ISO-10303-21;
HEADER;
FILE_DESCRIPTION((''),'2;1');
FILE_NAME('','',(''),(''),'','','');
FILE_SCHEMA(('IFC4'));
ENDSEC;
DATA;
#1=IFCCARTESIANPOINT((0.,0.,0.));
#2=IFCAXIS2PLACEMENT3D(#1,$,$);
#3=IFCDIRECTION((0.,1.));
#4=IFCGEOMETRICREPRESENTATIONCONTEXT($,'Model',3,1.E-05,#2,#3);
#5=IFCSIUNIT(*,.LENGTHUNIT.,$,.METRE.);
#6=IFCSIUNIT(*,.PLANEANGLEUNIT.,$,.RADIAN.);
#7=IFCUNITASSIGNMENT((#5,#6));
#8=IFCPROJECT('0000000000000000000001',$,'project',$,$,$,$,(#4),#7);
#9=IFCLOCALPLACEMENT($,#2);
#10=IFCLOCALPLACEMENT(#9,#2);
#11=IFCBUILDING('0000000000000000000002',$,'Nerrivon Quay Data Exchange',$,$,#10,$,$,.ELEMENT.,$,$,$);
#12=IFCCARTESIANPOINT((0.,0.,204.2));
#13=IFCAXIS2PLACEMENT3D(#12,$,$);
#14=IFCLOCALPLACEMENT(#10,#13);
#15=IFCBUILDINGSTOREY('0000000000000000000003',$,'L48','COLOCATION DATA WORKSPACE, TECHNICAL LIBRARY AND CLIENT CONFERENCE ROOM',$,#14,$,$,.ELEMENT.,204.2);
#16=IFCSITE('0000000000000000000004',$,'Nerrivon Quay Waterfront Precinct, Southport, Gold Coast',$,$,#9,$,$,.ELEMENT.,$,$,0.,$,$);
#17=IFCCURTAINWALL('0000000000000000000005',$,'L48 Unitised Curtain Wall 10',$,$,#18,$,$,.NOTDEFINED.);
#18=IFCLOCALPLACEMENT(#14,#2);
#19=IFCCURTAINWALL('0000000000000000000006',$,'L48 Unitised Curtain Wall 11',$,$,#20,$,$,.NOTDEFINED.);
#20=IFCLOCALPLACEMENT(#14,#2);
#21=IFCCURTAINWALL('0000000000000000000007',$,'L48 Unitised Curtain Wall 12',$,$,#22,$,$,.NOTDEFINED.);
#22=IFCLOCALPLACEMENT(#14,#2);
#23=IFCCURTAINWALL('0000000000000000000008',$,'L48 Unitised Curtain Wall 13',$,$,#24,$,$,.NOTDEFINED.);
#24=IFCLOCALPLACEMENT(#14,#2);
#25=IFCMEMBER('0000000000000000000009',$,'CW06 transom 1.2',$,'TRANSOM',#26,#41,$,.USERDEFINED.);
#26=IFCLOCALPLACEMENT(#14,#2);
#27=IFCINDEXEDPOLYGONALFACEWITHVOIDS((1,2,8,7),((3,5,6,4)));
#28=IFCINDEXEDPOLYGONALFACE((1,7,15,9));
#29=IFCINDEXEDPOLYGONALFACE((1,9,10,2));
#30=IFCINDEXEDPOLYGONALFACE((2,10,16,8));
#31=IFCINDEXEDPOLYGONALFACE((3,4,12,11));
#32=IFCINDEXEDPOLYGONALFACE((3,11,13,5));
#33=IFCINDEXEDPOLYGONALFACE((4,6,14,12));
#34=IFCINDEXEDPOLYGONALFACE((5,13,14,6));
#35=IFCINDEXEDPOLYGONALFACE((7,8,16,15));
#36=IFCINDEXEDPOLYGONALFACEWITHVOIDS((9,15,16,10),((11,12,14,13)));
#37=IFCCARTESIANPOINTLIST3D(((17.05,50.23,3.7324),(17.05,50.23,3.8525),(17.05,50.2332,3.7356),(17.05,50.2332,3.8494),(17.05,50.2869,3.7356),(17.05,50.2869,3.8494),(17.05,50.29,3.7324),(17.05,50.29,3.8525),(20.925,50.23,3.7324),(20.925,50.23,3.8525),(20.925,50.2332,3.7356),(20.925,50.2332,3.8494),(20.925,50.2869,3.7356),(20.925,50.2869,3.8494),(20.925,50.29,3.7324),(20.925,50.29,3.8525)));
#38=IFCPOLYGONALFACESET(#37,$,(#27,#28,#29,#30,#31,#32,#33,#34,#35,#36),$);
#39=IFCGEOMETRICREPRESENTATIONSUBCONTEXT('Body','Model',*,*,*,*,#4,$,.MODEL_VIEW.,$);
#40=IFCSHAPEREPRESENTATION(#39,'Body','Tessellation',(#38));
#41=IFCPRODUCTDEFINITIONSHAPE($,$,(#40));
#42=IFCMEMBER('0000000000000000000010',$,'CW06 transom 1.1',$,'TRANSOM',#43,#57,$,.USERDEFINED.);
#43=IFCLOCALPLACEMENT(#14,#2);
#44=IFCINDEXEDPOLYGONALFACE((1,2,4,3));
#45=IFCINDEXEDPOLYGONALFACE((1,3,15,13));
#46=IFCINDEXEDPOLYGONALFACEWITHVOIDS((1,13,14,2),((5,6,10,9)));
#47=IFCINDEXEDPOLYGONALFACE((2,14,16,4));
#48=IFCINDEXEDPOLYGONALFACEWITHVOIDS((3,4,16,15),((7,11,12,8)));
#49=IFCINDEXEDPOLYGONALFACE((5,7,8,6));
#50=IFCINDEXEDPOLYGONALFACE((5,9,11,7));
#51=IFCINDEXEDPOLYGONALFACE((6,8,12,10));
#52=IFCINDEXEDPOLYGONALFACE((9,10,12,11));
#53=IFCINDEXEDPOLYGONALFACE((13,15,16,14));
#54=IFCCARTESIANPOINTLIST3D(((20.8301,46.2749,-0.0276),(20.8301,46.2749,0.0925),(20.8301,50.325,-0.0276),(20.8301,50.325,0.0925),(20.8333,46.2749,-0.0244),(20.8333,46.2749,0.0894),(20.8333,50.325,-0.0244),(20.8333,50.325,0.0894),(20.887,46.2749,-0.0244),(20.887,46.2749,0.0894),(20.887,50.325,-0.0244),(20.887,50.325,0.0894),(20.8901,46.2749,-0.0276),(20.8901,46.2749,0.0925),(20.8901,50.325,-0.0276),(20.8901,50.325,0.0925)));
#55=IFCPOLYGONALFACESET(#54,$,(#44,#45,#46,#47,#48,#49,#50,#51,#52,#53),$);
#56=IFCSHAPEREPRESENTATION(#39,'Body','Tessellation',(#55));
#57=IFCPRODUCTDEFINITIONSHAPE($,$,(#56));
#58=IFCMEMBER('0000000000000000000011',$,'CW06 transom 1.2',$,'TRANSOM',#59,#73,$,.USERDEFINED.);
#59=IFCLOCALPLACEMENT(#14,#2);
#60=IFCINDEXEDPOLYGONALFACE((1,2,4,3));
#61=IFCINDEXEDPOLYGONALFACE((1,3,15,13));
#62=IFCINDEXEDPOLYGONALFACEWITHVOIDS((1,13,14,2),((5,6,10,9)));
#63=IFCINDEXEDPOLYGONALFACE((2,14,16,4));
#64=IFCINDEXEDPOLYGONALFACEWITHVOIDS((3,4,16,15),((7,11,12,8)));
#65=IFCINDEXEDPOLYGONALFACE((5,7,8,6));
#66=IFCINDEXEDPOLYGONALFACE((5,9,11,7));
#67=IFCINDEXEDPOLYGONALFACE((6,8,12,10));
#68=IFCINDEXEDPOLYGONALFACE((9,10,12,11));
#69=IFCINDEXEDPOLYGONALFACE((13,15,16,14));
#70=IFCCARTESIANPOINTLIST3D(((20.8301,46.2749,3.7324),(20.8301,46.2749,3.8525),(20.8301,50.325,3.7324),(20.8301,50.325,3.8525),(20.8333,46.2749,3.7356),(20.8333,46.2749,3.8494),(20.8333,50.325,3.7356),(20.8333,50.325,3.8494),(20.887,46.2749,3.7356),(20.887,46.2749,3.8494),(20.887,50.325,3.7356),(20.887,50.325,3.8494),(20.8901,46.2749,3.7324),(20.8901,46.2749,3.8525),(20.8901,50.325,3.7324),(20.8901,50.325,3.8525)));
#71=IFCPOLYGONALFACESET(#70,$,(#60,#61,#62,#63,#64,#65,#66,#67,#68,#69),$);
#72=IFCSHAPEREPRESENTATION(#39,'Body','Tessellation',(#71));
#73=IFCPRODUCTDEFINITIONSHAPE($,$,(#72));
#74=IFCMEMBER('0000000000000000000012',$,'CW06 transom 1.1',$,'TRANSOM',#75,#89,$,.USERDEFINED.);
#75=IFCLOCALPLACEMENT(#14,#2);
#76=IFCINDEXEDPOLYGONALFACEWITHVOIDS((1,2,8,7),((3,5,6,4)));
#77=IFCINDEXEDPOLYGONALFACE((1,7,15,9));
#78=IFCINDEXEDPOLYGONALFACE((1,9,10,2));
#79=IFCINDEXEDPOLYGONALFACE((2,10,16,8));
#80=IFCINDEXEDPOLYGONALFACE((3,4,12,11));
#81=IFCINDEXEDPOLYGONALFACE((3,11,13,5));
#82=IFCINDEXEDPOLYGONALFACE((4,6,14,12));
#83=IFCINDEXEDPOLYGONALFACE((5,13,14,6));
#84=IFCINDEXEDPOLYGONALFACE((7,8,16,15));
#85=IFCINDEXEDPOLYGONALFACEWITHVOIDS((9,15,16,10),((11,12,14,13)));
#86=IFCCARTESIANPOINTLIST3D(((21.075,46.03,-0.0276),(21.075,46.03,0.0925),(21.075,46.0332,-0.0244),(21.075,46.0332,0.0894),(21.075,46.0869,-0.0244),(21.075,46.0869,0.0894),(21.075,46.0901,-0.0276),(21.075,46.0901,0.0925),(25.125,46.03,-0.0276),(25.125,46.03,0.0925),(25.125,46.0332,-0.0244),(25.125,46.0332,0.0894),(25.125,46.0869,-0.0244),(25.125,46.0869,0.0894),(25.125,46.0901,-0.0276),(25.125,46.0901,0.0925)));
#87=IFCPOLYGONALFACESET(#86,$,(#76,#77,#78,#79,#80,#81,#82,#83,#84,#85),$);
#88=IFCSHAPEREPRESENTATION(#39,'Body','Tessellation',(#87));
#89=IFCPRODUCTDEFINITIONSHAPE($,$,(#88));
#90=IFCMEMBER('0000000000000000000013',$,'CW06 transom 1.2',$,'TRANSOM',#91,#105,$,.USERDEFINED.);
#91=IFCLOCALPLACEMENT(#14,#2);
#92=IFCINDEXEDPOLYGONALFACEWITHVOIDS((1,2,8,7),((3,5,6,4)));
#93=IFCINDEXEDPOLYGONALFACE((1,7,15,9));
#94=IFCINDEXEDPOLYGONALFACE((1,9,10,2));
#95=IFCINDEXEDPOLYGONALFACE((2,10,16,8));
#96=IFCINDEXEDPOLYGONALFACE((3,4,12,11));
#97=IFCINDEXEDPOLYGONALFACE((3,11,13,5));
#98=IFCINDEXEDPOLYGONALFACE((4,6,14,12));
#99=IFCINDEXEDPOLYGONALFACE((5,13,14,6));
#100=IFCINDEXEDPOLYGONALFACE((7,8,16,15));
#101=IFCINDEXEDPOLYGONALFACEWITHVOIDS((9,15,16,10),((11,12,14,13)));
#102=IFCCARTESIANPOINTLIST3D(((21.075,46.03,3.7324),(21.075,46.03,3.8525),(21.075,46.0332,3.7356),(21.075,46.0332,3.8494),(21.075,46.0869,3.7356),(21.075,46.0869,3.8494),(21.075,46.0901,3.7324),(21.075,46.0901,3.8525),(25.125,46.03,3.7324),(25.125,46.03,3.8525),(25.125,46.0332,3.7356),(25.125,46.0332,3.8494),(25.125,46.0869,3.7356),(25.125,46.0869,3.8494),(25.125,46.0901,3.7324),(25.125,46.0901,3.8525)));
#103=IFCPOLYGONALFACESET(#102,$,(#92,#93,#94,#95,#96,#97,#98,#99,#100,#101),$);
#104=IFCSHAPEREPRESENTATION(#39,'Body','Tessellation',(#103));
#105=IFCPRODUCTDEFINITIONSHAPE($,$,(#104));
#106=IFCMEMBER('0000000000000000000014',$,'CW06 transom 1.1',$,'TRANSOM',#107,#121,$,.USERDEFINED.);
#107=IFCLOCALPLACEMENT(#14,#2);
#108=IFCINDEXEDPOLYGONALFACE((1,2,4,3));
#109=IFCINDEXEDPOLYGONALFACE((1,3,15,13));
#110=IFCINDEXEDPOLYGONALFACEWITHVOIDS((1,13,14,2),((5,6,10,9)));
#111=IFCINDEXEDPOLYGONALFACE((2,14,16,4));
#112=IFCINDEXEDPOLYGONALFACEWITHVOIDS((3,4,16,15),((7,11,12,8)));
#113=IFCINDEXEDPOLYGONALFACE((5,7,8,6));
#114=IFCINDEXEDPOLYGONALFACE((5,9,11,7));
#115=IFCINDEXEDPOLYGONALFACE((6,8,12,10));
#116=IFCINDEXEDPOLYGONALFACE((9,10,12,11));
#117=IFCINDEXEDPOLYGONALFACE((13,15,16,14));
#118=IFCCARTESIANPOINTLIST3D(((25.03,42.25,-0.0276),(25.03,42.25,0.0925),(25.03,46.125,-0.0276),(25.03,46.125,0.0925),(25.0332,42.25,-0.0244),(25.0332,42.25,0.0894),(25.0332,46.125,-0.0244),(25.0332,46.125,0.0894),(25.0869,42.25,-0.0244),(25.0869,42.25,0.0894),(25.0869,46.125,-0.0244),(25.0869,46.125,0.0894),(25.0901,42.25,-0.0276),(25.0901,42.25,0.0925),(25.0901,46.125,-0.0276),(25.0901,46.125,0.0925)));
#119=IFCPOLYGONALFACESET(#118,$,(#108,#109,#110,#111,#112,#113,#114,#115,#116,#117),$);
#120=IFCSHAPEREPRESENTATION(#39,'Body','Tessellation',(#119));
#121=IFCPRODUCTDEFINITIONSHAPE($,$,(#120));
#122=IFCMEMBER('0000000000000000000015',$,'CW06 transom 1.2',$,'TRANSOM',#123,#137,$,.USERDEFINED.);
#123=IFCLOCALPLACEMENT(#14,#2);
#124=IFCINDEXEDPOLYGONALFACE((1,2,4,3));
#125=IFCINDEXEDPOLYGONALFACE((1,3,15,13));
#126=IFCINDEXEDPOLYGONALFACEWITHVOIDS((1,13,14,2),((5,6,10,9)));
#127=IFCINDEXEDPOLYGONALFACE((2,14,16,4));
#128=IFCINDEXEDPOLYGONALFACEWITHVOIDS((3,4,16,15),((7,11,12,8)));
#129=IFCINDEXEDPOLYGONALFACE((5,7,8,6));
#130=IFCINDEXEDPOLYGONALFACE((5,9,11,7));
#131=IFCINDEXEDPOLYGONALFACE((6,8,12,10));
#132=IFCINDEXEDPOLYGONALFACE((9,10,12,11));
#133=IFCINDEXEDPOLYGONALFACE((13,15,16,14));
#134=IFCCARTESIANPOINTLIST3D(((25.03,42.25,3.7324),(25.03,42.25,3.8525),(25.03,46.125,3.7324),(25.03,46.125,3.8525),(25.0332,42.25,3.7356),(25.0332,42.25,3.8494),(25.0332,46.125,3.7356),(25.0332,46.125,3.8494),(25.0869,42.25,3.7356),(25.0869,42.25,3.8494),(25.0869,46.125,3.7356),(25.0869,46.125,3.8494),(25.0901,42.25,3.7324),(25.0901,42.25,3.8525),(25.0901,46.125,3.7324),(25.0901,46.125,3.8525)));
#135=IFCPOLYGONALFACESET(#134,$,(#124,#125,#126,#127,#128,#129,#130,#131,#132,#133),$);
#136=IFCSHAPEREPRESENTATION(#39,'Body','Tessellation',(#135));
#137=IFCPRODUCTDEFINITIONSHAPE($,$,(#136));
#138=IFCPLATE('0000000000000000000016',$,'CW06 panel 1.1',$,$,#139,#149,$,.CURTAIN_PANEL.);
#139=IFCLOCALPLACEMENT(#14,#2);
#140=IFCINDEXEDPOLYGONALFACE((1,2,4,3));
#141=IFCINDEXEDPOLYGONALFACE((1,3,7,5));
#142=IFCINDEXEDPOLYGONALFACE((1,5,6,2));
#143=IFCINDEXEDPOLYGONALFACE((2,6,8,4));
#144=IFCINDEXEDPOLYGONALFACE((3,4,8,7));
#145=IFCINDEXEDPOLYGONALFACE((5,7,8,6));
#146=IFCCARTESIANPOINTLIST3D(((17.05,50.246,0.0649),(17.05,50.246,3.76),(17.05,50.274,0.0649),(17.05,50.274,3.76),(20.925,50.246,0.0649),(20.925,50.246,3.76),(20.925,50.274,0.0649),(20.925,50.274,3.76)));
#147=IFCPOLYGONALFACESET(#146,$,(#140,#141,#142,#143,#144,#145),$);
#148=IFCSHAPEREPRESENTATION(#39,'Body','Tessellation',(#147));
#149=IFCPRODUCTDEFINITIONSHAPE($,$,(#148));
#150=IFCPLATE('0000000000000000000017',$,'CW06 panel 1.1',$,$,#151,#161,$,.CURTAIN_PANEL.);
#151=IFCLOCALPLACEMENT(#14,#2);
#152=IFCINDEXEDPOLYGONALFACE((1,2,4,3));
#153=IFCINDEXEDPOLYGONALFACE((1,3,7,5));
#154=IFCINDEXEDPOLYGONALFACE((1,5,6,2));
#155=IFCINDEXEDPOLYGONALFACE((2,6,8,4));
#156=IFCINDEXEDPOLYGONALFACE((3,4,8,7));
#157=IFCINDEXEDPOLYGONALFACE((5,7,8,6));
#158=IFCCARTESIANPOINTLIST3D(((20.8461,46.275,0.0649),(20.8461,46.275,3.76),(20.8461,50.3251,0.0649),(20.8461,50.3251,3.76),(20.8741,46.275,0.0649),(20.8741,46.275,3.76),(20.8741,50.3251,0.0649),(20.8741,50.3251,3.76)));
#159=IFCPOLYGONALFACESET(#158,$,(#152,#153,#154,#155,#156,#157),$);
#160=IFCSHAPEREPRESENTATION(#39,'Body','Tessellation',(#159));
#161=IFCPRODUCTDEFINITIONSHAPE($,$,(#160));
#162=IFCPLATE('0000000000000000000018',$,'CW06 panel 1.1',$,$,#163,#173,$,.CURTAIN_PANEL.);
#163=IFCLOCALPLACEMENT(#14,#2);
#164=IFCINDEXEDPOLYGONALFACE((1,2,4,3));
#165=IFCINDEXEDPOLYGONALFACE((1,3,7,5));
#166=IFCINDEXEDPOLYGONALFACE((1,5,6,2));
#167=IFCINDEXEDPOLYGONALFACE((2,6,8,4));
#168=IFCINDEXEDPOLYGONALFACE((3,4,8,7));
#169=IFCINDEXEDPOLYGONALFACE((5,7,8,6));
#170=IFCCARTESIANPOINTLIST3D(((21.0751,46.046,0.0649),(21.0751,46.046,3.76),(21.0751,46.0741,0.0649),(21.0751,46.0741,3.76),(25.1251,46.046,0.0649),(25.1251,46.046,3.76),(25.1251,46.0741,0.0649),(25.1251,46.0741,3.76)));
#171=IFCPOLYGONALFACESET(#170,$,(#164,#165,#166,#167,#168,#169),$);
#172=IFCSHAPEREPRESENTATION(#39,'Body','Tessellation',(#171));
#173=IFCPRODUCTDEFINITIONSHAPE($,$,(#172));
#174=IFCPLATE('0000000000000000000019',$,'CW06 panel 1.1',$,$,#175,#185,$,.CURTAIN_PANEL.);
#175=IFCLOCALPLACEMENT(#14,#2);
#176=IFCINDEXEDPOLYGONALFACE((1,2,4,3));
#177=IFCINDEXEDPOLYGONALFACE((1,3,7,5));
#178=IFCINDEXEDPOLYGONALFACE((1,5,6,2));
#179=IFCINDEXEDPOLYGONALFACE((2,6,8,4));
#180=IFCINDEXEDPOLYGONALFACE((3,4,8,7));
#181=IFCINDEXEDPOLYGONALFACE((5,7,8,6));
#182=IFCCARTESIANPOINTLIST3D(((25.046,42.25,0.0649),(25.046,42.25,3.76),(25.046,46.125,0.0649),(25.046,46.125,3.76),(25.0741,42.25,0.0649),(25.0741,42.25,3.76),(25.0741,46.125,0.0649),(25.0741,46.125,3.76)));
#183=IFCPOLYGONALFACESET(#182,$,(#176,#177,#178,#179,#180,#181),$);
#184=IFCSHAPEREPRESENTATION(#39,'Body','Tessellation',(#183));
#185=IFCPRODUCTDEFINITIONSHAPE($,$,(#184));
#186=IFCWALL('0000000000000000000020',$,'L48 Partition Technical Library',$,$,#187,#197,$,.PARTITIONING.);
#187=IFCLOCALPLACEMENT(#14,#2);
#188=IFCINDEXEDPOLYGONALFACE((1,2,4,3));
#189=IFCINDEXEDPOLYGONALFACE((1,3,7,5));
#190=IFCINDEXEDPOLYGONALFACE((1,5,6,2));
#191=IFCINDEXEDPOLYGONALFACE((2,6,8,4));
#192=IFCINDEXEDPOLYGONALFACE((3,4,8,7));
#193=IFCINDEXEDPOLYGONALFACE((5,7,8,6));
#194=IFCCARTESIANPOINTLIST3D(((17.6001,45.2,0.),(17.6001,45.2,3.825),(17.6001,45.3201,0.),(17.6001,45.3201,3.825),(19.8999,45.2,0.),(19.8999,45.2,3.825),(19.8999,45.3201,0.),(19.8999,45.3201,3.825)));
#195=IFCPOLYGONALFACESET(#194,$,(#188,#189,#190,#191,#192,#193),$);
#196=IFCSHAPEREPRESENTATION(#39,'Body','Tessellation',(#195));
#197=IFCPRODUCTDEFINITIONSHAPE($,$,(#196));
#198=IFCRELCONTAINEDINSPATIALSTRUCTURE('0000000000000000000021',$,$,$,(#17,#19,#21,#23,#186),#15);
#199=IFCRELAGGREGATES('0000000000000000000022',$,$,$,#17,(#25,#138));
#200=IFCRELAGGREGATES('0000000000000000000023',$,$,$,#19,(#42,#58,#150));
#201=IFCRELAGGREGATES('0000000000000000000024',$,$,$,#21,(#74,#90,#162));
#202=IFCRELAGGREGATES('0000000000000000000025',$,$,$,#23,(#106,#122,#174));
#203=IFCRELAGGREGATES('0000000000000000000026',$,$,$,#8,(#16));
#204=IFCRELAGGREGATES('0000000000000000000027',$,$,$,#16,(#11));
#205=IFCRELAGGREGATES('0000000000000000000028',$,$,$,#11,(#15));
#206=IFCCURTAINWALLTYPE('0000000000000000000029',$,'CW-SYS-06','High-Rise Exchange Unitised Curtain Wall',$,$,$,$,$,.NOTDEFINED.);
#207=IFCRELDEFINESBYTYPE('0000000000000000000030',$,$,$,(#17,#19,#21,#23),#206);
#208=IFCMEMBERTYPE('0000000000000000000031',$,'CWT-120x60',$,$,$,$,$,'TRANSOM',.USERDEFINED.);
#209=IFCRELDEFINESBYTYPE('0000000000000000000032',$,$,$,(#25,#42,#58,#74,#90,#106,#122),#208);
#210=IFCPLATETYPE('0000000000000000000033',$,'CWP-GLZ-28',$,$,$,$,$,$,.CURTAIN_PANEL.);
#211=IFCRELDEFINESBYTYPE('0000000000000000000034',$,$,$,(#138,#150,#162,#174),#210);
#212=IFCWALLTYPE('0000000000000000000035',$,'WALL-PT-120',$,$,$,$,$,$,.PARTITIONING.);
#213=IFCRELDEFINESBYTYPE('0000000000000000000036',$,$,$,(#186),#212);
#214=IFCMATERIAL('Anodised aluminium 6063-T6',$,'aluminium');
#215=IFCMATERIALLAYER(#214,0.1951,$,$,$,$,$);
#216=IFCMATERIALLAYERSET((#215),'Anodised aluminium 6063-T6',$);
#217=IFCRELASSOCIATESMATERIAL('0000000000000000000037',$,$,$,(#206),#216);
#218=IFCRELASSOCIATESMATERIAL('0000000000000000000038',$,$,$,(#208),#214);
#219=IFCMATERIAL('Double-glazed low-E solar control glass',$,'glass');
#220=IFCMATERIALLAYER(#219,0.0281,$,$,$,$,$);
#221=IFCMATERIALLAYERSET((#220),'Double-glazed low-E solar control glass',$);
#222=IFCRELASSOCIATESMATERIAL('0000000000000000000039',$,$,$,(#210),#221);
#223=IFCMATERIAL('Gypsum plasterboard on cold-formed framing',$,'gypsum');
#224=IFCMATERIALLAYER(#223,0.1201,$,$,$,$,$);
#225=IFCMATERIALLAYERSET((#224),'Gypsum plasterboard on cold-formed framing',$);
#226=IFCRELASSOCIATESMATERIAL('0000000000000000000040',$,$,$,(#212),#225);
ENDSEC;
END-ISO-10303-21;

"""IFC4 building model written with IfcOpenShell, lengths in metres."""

from ifc_helpers import new_model, si_unit, direction, frame, frame_2d, origin, origin_2d, place, context, subcontext, project, spatial, rectangle, hollow_rectangle, extrude, material, layer, layer_set, material_profile, profile_set, type_object, element, aggregate, save


model = new_model("IFC4")

# Units and contexts
model_context = context("Model", 3, precision=1e-05, world=origin(), true_north=direction((0.0, 1.0)))
body_context = subcontext(model_context, "Body", "Model", "MODEL_VIEW")
ifc_project = project(units=[si_unit("LENGTHUNIT", "METRE"), si_unit("PLANEANGLEUNIT", "RADIAN")], contexts=[model_context])

# Site, building, storey
site_placement = place(None, origin())
site = spatial("IfcSite", under=ifc_project, at=site_placement, Name="Nerrivon Quay Waterfront Precinct, Southport, Gold Coast", CompositionType="ELEMENT", RefElevation=0.0)
building_placement = place(site_placement, origin())
building = spatial("IfcBuilding", under=site, at=building_placement, Name="Nerrivon Quay Data Exchange", CompositionType="ELEMENT")
storey_placement = place(building_placement, frame((0.0, 0.0, 204.2)))
storey = spatial("IfcBuildingStorey", under=building, at=storey_placement, Name="L48", Description="COLOCATION DATA WORKSPACE, TECHNICAL LIBRARY AND CLIENT CONFERENCE ROOM", CompositionType="ELEMENT", Elevation=204.2)

# Shared definitions
ifc_material_1 = material(Name="Anodised aluminium 6063-T6", Category="aluminium")
ifc_layer_1 = layer(ifc_material_1, 0.1951)
ifc_layer_set_1 = layer_set([ifc_layer_1], Name="Anodised aluminium 6063-T6")
curtain_wall_type = type_object("IfcCurtainWallType", Name="CW-SYS-06", Description="High-Rise Exchange Unitised Curtain Wall", PredefinedType="NOTDEFINED", material=ifc_layer_set_1)

# Curtain walls
curtain_wall_1_placement = place(storey_placement, origin())
curtain_wall_1 = element("IfcCurtainWall", 1, at=curtain_wall_1_placement, inside=storey, type_object=curtain_wall_type, Name="L48 Unitised Curtain Wall 10", PredefinedType="NOTDEFINED")
curtain_wall_2_placement = place(storey_placement, origin())
curtain_wall_2 = element("IfcCurtainWall", 2, at=curtain_wall_2_placement, inside=storey, type_object=curtain_wall_type, Name="L48 Unitised Curtain Wall 11", PredefinedType="NOTDEFINED")
curtain_wall_3_placement = place(storey_placement, origin())
curtain_wall_3 = element("IfcCurtainWall", 3, at=curtain_wall_3_placement, inside=storey, type_object=curtain_wall_type, Name="L48 Unitised Curtain Wall 12", PredefinedType="NOTDEFINED")

# Curtain wall
curtain_wall_4_placement = place(storey_placement, origin())
curtain_wall_4 = element("IfcCurtainWall", 4, at=curtain_wall_4_placement, inside=storey, type_object=curtain_wall_type, Name="L48 Unitised Curtain Wall 13", PredefinedType="NOTDEFINED")

# Members
ifc_material_profile_1 = material_profile(ifc_material_1, hollow_rectangle(XDim=0.0601, YDim=0.1201, WallThickness=0.0032, at=origin_2d()), Name="ALU-TRAN-120x60")
ifc_profile_set_1 = profile_set([ifc_material_profile_1], Name="Anodised aluminium 6063-T6")
member_type_1 = type_object("IfcMemberType", Name="CWT-120x60", ElementType="TRANSOM", PredefinedType="USERDEFINED", material=ifc_profile_set_1)
member_1_placement = place(storey_placement, frame((17.05, 50.26, 3.7925), z_axis=(1.0, 0.0, 0.0), x_axis=(0.0, 1.0, 0.0)))
member_1 = element("IfcMember", 5, at=member_1_placement, type_object=member_type_1, Name="CW06 transom 1.2", ObjectType="TRANSOM", PredefinedType="USERDEFINED", context=body_context, shape_type="SweptSolid", body=[
    extrude(hollow_rectangle(XDim=0.0601, YDim=0.1201, WallThickness=0.0032, at=origin_2d()), origin(), (0.0, 0.0, 1.0), 3.875),
])
member_2_placement = place(storey_placement, frame((20.8601, 50.325, 0.0325), z_axis=(0.0, -1.0, 0.0), x_axis=(1.0, 0.0, 0.0)))
member_2 = element("IfcMember", 6, at=member_2_placement, type_object=member_type_1, Name="CW06 transom 1.1", ObjectType="TRANSOM", PredefinedType="USERDEFINED", context=body_context, shape_type="SweptSolid", body=[
    extrude(hollow_rectangle(XDim=0.0601, YDim=0.1201, WallThickness=0.0032, at=origin_2d()), origin(), (0.0, 0.0, 1.0), 4.05),
])
member_3_placement = place(storey_placement, frame((20.8601, 50.325, 3.7925), z_axis=(0.0, -1.0, 0.0), x_axis=(1.0, 0.0, 0.0)))
member_3 = element("IfcMember", 7, at=member_3_placement, type_object=member_type_1, Name="CW06 transom 1.2", ObjectType="TRANSOM", PredefinedType="USERDEFINED", context=body_context, shape_type="SweptSolid", body=[
    extrude(hollow_rectangle(XDim=0.0601, YDim=0.1201, WallThickness=0.0032, at=origin_2d()), origin(), (0.0, 0.0, 1.0), 4.05),
])
member_4_placement = place(storey_placement, frame((21.075, 46.0601, 0.0325), z_axis=(1.0, 0.0, 0.0), x_axis=(0.0, 1.0, 0.0)))
member_4 = element("IfcMember", 8, at=member_4_placement, type_object=member_type_1, Name="CW06 transom 1.1", ObjectType="TRANSOM", PredefinedType="USERDEFINED", context=body_context, shape_type="SweptSolid", body=[
    extrude(hollow_rectangle(XDim=0.0601, YDim=0.1201, WallThickness=0.0032, at=origin_2d()), origin(), (0.0, 0.0, 1.0), 4.05),
])
member_5_placement = place(storey_placement, frame((21.075, 46.0601, 3.7925), z_axis=(1.0, 0.0, 0.0), x_axis=(0.0, 1.0, 0.0)))
member_5 = element("IfcMember", 9, at=member_5_placement, type_object=member_type_1, Name="CW06 transom 1.2", ObjectType="TRANSOM", PredefinedType="USERDEFINED", context=body_context, shape_type="SweptSolid", body=[
    extrude(hollow_rectangle(XDim=0.0601, YDim=0.1201, WallThickness=0.0032, at=origin_2d()), origin(), (0.0, 0.0, 1.0), 4.05),
])
member_6_placement = place(storey_placement, frame((25.0601, 46.125, 0.0325), z_axis=(0.0, -1.0, 0.0), x_axis=(1.0, 0.0, 0.0)))
member_6 = element("IfcMember", 10, at=member_6_placement, type_object=member_type_1, Name="CW06 transom 1.1", ObjectType="TRANSOM", PredefinedType="USERDEFINED", context=body_context, shape_type="SweptSolid", body=[
    extrude(hollow_rectangle(XDim=0.0601, YDim=0.1201, WallThickness=0.0032, at=origin_2d()), origin(), (0.0, 0.0, 1.0), 3.875),
])
member_7_placement = place(storey_placement, frame((25.0601, 46.125, 3.7925), z_axis=(0.0, -1.0, 0.0), x_axis=(1.0, 0.0, 0.0)))
member_7 = element("IfcMember", 11, at=member_7_placement, type_object=member_type_1, Name="CW06 transom 1.2", ObjectType="TRANSOM", PredefinedType="USERDEFINED", context=body_context, shape_type="SweptSolid", body=[
    extrude(hollow_rectangle(XDim=0.0601, YDim=0.1201, WallThickness=0.0032, at=origin_2d()), origin(), (0.0, 0.0, 1.0), 3.875),
])

# Plates
ifc_material_2 = material(Name="Double-glazed low-E solar control glass", Category="glass")
ifc_layer_2 = layer(ifc_material_2, 0.0281)
ifc_layer_set_2 = layer_set([ifc_layer_2], Name="Double-glazed low-E solar control glass")
plate_type = type_object("IfcPlateType", Name="CWP-GLZ-28", PredefinedType="CURTAIN_PANEL", material=ifc_layer_set_2)
plate_1_placement = place(storey_placement, frame((18.9875, 50.26, 0.0649), z_axis=(0.0, 0.0, 1.0), x_axis=(1.0, 0.0, 0.0)))
plate_1 = element("IfcPlate", 12, at=plate_1_placement, type_object=plate_type, Name="CW06 panel 1.1", PredefinedType="CURTAIN_PANEL", context=body_context, shape_type="SweptSolid", body=[
    extrude(rectangle(XDim=3.875, YDim=0.0281, at=origin_2d()), origin(), (0.0, 0.0, 1.0), 3.6951),
])
aggregate(curtain_wall_1, [member_1, plate_1])
plate_2_placement = place(storey_placement, frame((20.8601, 48.3, 0.0649), z_axis=(0.0, 0.0, 1.0), x_axis=(0.0, -1.0, 0.0)))
plate_2 = element("IfcPlate", 13, at=plate_2_placement, type_object=plate_type, Name="CW06 panel 1.1", PredefinedType="CURTAIN_PANEL", context=body_context, shape_type="SweptSolid", body=[
    extrude(rectangle(XDim=4.05, YDim=0.0281, at=origin_2d()), origin(), (0.0, 0.0, 1.0), 3.6951),
])
aggregate(curtain_wall_2, [member_2, member_3, plate_2])
plate_3_placement = place(storey_placement, frame((23.1001, 46.0601, 0.0649), z_axis=(0.0, 0.0, 1.0), x_axis=(1.0, 0.0, 0.0)))
plate_3 = element("IfcPlate", 14, at=plate_3_placement, type_object=plate_type, Name="CW06 panel 1.1", PredefinedType="CURTAIN_PANEL", context=body_context, shape_type="SweptSolid", body=[
    extrude(rectangle(XDim=4.05, YDim=0.0281, at=origin_2d()), origin(), (0.0, 0.0, 1.0), 3.6951),
])
aggregate(curtain_wall_3, [member_4, member_5, plate_3])
plate_4_placement = place(storey_placement, frame((25.0601, 44.1875, 0.0649), z_axis=(0.0, 0.0, 1.0), x_axis=(0.0, -1.0, 0.0)))
plate_4 = element("IfcPlate", 15, at=plate_4_placement, type_object=plate_type, Name="CW06 panel 1.1", PredefinedType="CURTAIN_PANEL", context=body_context, shape_type="SweptSolid", body=[
    extrude(rectangle(XDim=3.875, YDim=0.0281, at=origin_2d()), origin(), (0.0, 0.0, 1.0), 3.6951),
])
aggregate(curtain_wall_4, [member_6, member_7, plate_4])

# Wall
ifc_material_3 = material(Name="Gypsum plasterboard on cold-formed framing", Category="gypsum")
ifc_layer_3 = layer(ifc_material_3, 0.1201)
ifc_layer_set_3 = layer_set([ifc_layer_3], Name="Gypsum plasterboard on cold-formed framing")
wall_type_1 = type_object("IfcWallType", Name="WALL-PT-120", PredefinedType="PARTITIONING", material=ifc_layer_set_3)
wall_1_placement = place(storey_placement, frame((17.6001, 45.26, 0.0), z_axis=(0.0, 0.0, 1.0), x_axis=(1.0, 0.0, 0.0)))
element("IfcWall", 16, at=wall_1_placement, inside=storey, type_object=wall_type_1, Name="L48 Partition Technical Library", PredefinedType="PARTITIONING", context=body_context, shape_type="SweptSolid", body=[
    extrude(rectangle(XDim=2.2998, YDim=0.1201, at=frame_2d((1.1499, 0.0))), origin(), (0.0, 0.0, 1.0), 3.825),
])

save(model, "model.ifc")
